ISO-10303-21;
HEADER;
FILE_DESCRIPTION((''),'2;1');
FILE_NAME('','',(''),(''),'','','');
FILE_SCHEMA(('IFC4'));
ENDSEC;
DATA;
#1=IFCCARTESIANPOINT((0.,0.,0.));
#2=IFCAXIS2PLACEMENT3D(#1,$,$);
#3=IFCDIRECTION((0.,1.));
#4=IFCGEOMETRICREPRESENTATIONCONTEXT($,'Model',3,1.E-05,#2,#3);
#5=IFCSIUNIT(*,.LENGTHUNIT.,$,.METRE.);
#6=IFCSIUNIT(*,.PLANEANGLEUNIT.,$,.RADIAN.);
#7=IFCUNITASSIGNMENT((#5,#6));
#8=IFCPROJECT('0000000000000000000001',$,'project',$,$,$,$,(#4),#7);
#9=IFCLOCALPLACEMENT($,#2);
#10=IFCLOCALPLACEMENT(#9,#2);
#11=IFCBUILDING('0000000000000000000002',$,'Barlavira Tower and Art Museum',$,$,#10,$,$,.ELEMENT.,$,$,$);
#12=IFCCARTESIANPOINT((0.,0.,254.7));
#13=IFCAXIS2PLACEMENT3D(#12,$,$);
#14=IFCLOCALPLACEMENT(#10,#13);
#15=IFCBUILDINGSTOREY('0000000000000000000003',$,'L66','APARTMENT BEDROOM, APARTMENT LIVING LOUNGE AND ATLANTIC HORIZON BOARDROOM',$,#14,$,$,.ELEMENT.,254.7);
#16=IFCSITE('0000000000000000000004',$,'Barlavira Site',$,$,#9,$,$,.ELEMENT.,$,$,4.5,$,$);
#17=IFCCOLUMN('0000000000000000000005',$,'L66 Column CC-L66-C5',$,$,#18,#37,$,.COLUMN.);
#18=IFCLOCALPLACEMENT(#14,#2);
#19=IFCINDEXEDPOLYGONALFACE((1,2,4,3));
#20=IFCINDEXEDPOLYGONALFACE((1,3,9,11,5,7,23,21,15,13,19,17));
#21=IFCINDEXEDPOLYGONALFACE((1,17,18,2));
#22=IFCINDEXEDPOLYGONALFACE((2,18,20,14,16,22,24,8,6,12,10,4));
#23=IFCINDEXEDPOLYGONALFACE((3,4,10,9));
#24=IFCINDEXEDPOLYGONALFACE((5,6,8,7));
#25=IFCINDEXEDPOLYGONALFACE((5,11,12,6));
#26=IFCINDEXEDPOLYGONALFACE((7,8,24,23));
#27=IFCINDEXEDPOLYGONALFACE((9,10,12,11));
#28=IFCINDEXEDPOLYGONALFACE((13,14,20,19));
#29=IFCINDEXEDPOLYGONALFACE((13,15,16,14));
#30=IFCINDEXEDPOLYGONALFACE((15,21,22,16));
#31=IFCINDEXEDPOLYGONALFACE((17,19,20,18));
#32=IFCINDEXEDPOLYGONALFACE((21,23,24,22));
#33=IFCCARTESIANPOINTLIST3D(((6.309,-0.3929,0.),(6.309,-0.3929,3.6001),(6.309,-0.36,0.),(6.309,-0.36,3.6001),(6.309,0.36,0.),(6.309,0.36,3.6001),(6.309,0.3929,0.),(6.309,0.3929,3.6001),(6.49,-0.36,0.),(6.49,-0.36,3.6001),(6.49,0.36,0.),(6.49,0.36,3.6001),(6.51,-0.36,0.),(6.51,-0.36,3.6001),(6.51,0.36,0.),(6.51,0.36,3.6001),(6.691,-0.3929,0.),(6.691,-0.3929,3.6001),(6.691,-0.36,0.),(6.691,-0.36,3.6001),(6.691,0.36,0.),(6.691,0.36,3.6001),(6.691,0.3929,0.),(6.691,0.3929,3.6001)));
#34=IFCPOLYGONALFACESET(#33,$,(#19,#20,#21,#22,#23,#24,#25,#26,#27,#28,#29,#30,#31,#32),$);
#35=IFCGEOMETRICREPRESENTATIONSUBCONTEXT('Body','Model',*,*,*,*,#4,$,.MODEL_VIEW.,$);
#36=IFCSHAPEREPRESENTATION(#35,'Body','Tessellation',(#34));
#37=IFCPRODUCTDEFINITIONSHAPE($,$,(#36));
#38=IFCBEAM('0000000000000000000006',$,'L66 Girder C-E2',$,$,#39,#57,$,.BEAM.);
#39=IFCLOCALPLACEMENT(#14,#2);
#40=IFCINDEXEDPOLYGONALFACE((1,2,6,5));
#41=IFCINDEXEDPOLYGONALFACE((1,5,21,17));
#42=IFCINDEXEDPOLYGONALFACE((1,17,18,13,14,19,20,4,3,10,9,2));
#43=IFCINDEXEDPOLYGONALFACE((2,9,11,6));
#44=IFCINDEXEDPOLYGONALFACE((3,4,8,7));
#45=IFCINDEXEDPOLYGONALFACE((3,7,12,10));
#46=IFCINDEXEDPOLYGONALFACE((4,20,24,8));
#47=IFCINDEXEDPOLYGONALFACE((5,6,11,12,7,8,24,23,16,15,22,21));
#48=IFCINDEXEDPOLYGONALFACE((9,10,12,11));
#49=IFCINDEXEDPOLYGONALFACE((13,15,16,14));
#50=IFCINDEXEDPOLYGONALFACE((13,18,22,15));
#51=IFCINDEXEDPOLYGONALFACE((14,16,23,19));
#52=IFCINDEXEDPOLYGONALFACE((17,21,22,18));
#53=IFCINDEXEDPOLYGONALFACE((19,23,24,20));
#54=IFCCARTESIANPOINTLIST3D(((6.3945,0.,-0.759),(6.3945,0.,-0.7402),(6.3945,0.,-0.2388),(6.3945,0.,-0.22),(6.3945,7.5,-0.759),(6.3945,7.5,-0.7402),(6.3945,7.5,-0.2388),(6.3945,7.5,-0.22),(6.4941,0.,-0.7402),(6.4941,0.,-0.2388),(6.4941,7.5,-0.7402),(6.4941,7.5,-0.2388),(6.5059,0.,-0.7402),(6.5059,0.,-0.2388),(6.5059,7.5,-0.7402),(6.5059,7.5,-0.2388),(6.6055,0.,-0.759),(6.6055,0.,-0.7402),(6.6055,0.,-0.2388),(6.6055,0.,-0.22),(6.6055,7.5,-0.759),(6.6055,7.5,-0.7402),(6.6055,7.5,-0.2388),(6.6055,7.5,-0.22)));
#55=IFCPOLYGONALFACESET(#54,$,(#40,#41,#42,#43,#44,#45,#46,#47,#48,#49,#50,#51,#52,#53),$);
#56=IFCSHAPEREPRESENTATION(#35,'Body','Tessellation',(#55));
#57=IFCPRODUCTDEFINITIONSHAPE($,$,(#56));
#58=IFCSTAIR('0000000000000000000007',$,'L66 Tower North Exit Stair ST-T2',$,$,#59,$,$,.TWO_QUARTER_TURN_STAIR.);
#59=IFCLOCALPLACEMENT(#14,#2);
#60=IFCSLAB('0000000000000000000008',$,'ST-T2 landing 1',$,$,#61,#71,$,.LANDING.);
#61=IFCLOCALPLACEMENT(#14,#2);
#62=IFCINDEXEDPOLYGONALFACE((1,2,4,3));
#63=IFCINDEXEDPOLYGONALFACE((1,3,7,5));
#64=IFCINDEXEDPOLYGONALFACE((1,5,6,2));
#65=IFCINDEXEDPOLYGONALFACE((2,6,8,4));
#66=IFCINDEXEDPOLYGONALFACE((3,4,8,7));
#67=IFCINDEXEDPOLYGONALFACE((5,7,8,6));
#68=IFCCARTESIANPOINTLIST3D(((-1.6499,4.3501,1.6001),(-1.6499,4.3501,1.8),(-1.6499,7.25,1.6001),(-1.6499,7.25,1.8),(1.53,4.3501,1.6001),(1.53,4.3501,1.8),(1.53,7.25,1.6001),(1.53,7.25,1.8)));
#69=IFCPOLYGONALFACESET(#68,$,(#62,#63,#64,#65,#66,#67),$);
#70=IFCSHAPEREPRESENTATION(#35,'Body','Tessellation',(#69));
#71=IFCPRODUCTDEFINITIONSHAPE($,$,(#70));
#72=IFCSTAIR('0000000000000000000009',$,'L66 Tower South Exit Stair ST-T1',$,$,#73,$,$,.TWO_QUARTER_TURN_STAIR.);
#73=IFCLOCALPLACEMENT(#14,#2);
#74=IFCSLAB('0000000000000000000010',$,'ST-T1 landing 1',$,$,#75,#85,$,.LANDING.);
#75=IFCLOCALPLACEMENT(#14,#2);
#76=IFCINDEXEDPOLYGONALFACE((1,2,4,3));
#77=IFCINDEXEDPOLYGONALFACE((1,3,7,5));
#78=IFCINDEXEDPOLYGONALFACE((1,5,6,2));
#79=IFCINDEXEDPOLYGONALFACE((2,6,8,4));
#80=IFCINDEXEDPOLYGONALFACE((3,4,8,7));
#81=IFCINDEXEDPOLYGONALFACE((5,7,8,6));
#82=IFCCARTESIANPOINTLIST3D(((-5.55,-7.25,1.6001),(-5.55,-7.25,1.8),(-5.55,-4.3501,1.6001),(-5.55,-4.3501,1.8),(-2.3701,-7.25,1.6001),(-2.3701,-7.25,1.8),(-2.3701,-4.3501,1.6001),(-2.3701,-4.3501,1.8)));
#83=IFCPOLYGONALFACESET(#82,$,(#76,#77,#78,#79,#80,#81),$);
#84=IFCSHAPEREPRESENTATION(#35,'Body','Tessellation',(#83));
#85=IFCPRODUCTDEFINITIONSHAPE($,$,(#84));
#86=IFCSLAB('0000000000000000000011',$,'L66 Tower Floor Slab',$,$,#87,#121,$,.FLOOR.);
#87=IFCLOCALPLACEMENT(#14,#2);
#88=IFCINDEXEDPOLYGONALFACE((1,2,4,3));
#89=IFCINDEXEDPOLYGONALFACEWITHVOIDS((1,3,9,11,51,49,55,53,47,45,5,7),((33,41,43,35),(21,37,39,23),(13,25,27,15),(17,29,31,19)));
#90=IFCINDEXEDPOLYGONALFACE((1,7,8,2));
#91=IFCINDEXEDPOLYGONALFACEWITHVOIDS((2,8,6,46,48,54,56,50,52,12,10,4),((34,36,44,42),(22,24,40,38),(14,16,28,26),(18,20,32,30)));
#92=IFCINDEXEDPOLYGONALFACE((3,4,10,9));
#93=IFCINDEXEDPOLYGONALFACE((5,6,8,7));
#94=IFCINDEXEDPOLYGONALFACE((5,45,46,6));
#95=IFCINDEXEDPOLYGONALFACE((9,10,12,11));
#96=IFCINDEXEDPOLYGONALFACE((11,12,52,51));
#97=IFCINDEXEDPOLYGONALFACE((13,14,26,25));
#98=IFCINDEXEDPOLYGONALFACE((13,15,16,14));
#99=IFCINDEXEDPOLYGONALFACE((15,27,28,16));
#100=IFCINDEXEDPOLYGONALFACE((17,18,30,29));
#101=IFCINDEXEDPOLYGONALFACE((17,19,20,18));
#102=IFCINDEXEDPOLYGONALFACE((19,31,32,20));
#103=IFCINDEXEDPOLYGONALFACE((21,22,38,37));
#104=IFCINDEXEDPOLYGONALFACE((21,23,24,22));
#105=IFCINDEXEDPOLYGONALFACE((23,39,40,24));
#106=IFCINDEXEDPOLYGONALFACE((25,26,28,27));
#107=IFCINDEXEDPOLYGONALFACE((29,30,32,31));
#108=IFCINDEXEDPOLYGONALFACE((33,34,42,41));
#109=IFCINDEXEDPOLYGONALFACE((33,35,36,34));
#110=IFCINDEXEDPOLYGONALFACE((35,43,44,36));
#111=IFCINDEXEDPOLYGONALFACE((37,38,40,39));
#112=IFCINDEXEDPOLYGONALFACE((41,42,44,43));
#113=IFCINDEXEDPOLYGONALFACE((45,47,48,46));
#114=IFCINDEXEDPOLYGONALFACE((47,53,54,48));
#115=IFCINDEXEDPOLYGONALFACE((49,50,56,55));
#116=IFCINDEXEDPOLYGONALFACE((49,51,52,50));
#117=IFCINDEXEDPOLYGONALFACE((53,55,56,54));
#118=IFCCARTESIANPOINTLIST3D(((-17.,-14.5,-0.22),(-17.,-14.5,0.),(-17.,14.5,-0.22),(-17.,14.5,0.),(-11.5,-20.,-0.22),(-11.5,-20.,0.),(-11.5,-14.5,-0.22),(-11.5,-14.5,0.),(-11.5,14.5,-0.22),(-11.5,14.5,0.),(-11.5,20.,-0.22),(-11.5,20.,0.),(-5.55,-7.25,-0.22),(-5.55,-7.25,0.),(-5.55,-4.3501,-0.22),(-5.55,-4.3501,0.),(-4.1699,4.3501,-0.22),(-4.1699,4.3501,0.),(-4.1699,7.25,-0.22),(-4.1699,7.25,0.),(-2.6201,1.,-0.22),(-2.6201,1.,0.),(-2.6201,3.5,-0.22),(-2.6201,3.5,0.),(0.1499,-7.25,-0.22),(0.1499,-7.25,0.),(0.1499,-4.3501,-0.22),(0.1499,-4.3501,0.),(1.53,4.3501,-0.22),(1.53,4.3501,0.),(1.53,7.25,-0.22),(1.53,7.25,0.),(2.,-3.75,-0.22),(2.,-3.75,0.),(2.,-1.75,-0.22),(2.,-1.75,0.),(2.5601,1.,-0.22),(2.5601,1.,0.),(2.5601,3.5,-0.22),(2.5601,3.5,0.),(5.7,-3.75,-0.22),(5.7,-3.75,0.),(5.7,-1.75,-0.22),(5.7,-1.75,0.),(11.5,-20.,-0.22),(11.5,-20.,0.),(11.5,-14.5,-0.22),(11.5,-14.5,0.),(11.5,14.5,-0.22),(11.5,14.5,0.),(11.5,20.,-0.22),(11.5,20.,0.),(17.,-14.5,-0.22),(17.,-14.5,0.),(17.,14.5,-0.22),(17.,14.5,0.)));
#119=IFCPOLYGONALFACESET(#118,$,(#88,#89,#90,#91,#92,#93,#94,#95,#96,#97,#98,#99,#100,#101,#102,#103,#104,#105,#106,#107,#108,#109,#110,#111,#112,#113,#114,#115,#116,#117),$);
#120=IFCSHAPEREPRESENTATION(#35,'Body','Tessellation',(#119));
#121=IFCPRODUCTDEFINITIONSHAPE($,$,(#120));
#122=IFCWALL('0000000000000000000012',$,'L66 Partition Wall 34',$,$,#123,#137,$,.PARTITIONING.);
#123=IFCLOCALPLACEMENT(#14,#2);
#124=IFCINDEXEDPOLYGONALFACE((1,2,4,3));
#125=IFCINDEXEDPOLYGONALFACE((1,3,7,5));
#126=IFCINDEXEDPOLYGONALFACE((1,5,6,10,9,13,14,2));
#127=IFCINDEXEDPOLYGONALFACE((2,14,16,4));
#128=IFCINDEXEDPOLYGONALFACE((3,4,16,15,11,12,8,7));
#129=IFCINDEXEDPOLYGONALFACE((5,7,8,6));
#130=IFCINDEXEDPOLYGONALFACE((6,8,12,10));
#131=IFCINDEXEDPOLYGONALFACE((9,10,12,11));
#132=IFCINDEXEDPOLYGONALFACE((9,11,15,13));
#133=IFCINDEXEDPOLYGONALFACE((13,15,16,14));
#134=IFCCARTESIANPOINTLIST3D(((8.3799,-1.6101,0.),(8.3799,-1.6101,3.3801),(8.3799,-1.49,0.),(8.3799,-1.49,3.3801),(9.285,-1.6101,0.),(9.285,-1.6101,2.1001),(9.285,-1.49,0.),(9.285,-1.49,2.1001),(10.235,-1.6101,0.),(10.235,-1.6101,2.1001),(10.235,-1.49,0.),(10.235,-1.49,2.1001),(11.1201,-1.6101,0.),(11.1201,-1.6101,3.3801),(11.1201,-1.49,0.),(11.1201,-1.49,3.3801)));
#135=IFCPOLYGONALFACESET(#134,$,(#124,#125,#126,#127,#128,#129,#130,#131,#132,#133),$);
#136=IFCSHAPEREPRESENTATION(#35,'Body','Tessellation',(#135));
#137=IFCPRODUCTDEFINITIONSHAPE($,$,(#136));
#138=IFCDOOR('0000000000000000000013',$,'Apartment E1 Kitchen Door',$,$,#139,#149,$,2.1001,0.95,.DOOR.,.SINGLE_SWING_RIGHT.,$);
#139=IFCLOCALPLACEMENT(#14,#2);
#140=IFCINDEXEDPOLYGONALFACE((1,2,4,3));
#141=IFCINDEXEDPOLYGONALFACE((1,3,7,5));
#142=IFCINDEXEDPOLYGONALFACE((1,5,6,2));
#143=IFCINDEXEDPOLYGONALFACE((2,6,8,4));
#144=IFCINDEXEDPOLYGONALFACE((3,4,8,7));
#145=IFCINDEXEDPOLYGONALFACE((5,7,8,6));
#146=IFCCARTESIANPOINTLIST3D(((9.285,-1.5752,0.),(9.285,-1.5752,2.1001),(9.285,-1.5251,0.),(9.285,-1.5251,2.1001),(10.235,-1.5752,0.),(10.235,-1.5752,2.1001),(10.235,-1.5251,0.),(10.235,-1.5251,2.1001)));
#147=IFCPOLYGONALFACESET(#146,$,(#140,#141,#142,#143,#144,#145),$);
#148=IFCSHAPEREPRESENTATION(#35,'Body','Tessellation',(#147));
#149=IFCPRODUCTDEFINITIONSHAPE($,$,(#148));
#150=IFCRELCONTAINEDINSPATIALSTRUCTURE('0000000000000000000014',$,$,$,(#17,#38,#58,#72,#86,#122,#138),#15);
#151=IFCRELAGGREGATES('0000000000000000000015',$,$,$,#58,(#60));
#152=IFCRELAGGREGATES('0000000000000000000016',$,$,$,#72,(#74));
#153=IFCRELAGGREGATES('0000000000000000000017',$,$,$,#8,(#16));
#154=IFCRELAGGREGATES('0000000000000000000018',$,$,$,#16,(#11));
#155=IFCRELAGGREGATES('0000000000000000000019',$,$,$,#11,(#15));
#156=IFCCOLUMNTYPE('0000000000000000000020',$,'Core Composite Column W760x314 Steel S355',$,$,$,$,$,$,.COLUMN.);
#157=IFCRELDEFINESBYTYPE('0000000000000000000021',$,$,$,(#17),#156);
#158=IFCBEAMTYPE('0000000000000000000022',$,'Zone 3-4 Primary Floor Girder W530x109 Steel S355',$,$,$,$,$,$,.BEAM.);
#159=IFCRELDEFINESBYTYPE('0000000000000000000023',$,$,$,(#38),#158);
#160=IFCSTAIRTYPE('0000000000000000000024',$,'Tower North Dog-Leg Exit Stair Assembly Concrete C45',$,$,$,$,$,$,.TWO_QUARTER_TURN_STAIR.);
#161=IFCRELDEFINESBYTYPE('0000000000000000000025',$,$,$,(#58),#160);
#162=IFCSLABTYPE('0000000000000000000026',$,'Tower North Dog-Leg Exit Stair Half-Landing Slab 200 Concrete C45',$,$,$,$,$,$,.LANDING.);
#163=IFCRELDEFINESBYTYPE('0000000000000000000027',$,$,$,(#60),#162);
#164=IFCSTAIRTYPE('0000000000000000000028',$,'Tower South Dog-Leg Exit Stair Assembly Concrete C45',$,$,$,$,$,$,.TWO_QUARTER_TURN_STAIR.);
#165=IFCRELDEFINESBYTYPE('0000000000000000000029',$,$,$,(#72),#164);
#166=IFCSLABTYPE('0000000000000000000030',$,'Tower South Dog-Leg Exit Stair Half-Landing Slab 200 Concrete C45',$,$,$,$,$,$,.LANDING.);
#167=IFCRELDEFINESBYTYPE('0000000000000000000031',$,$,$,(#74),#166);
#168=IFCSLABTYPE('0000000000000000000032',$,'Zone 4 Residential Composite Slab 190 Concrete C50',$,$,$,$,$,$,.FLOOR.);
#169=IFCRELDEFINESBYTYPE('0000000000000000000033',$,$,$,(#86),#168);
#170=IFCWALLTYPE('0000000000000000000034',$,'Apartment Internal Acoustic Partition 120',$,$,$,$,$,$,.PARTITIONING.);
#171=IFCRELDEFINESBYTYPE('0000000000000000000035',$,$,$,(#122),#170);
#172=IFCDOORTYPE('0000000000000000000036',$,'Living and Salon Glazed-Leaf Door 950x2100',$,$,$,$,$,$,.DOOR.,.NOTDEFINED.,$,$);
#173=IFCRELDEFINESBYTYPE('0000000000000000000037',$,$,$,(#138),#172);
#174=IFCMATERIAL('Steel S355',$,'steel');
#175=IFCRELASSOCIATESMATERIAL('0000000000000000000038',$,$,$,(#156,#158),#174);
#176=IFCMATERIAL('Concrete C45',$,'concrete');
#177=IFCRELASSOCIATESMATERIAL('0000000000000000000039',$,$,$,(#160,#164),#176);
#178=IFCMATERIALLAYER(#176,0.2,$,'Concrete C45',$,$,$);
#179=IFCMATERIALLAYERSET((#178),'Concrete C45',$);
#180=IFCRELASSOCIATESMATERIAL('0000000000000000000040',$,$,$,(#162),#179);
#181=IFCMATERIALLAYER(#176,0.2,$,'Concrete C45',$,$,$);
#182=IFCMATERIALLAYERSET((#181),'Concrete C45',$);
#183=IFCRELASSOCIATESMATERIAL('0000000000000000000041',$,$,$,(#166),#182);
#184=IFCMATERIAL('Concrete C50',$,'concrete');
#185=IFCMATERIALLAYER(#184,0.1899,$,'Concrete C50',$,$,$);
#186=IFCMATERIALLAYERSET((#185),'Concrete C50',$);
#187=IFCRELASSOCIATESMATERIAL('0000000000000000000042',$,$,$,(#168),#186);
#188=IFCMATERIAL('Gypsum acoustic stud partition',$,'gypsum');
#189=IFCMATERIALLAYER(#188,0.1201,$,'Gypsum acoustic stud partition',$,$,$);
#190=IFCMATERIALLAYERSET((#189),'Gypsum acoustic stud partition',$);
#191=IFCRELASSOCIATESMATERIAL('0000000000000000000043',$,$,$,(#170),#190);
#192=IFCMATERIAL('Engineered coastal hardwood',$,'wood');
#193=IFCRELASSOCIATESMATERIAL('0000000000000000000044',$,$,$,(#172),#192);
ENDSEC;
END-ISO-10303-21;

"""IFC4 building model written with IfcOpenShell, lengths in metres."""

from ifc_helpers import new_model, si_unit, direction, frame, frame_2d, origin, origin_2d, place, context, subcontext, project, spatial, polyline, rectangle, i_section, outline, extrude, material, layer, layer_set, material_profile, profile_set, type_object, element, fill, aggregate, save


model = new_model("IFC4")

# Units and contexts
model_context = context("Model", 3, precision=1e-05, world=origin(), true_north=direction((0.0, 1.0)))
body_context = subcontext(model_context, "Body", "Model", "MODEL_VIEW")
ifc_project = project(units=[si_unit("LENGTHUNIT", "METRE"), si_unit("PLANEANGLEUNIT", "RADIAN")], contexts=[model_context])

# Site, building, storey
site_placement = place(None, origin())
site = spatial("IfcSite", under=ifc_project, at=site_placement, Name="Barlavira Site", CompositionType="ELEMENT", RefElevation=4.5)
building_placement = place(site_placement, origin())
building = spatial("IfcBuilding", under=site, at=building_placement, Name="Barlavira Tower and Art Museum", CompositionType="ELEMENT")
storey_placement = place(building_placement, frame((0.0, 0.0, 254.7)))
storey = spatial("IfcBuildingStorey", under=building, at=storey_placement, Name="L66", Description="APARTMENT BEDROOM, APARTMENT LIVING LOUNGE AND ATLANTIC HORIZON BOARDROOM", CompositionType="ELEMENT", Elevation=254.7)

# Column
ifc_material_1 = material(Name="Steel S355", Category="steel")
ifc_material_profile_1 = material_profile(ifc_material_1, i_section(OverallWidth=0.3821, OverallDepth=0.7859, WebThickness=0.02, FlangeThickness=0.033, at=origin_2d()), Name="W760x314.0")
ifc_profile_set_1 = profile_set([ifc_material_profile_1], Name="Steel S355")
column_type = type_object("IfcColumnType", Name="Core Composite Column W760x314 Steel S355", PredefinedType="COLUMN", material=ifc_profile_set_1)
column_placement = place(storey_placement, frame((6.5, 0.0, 0.0), z_axis=(0.0, 0.0, 1.0), x_axis=(1.0, 0.0, 0.0)))
element("IfcColumn", 1, at=column_placement, inside=storey, type_object=column_type, Name="L66 Column CC-L66-C5", PredefinedType="COLUMN", context=body_context, shape_type="SweptSolid", body=[
    extrude(i_section(OverallWidth=0.3821, OverallDepth=0.7859, WebThickness=0.02, FlangeThickness=0.033, at=origin_2d()), origin(), (0.0, 0.0, 1.0), 3.6001),
])

# Beam
ifc_material_profile_2 = material_profile(ifc_material_1, i_section(OverallWidth=0.2109, OverallDepth=0.5391, WebThickness=0.0117, FlangeThickness=0.0188, at=origin_2d()), Name="W530x109.0")
ifc_profile_set_2 = profile_set([ifc_material_profile_2], Name="Steel S355")
beam_type = type_object("IfcBeamType", Name="Zone 3-4 Primary Floor Girder W530x109 Steel S355", PredefinedType="BEAM", material=ifc_profile_set_2)
beam_placement = place(storey_placement, frame((6.5, 0.0, -0.4895), z_axis=(0.0, 1.0, 0.0), x_axis=(-1.0, 0.0, 0.0)))
element("IfcBeam", 2, at=beam_placement, inside=storey, type_object=beam_type, Name="L66 Girder C-E2", PredefinedType="BEAM", context=body_context, shape_type="SweptSolid", body=[
    extrude(i_section(OverallWidth=0.2109, OverallDepth=0.5391, WebThickness=0.0117, FlangeThickness=0.0188, at=origin_2d()), origin(), (0.0, 0.0, 1.0), 7.5),
])

# Stairs, slabs
ifc_material_2 = material(Name="Concrete C45", Category="concrete")
stair_type_1 = type_object("IfcStairType", Name="Tower North Dog-Leg Exit Stair Assembly Concrete C45", PredefinedType="TWO_QUARTER_TURN_STAIR", material=ifc_material_2)
stair_1_placement = place(storey_placement, origin())
stair_1 = element("IfcStair", 3, at=stair_1_placement, inside=storey, type_object=stair_type_1, Name="L66 Tower North Exit Stair ST-T2", PredefinedType="TWO_QUARTER_TURN_STAIR")
ifc_layer_1 = layer(ifc_material_2, 0.2, Name="Concrete C45")
ifc_layer_set_1 = layer_set([ifc_layer_1], Name="Concrete C45")
slab_type_1 = type_object("IfcSlabType", Name="Tower North Dog-Leg Exit Stair Half-Landing Slab 200 Concrete C45", PredefinedType="LANDING", material=ifc_layer_set_1)
slab_1_placement = place(storey_placement, frame((0.0, 0.0, 1.6001)))
slab_1 = element("IfcSlab", 4, at=slab_1_placement, type_object=slab_type_1, Name="ST-T2 landing 1", PredefinedType="LANDING", context=body_context, shape_type="SweptSolid", body=[
    extrude(outline(polyline([(-1.6499, 4.3501), (1.53, 4.3501), (1.53, 7.25), (-1.6499, 7.25), (-1.6499, 4.3501)])), origin(), (0.0, 0.0, 1.0), 0.2),
])
aggregate(stair_1, [slab_1])
stair_type_2 = type_object("IfcStairType", Name="Tower South Dog-Leg Exit Stair Assembly Concrete C45", PredefinedType="TWO_QUARTER_TURN_STAIR", material=ifc_material_2)
stair_2_placement = place(storey_placement, origin())
stair_2 = element("IfcStair", 5, at=stair_2_placement, inside=storey, type_object=stair_type_2, Name="L66 Tower South Exit Stair ST-T1", PredefinedType="TWO_QUARTER_TURN_STAIR")
ifc_layer_2 = layer(ifc_material_2, 0.2, Name="Concrete C45")
ifc_layer_set_2 = layer_set([ifc_layer_2], Name="Concrete C45")
slab_type_2 = type_object("IfcSlabType", Name="Tower South Dog-Leg Exit Stair Half-Landing Slab 200 Concrete C45", PredefinedType="LANDING", material=ifc_layer_set_2)
slab_2_placement = place(storey_placement, frame((0.0, 0.0, 1.6001)))
slab_2 = element("IfcSlab", 6, at=slab_2_placement, type_object=slab_type_2, Name="ST-T1 landing 1", PredefinedType="LANDING", context=body_context, shape_type="SweptSolid", body=[
    extrude(outline(polyline([(-2.3701, -4.3501), (-5.55, -4.3501), (-5.55, -7.25), (-2.3701, -7.25), (-2.3701, -4.3501)])), origin(), (0.0, 0.0, 1.0), 0.2),
])

# Slab
ifc_material_3 = material(Name="Concrete C50", Category="concrete")
ifc_layer_3 = layer(ifc_material_3, 0.1899, Name="Concrete C50")
ifc_layer_set_3 = layer_set([ifc_layer_3], Name="Concrete C50")
slab_type_3 = type_object("IfcSlabType", Name="Zone 4 Residential Composite Slab 190 Concrete C50", PredefinedType="FLOOR", material=ifc_layer_set_3)
slab_3_placement = place(storey_placement, frame((0.0, 0.0, -0.22)))
element("IfcSlab", 7, at=slab_3_placement, inside=storey, type_object=slab_type_3, Name="L66 Tower Floor Slab", PredefinedType="FLOOR", context=body_context, shape_type="SweptSolid", body=[
    extrude(outline(polyline([(-11.5, -20.0), (11.5, -20.0), (11.5, -14.5), (17.0, -14.5), (17.0, 14.5), (11.5, 14.5), (11.5, 20.0), (-11.5, 20.0), (-11.5, 14.5), (-17.0, 14.5), (-17.0, -14.5), (-11.5, -14.5), (-11.5, -20.0)]), holes=[polyline([(0.1499, -4.3501), (-5.55, -4.3501), (-5.55, -7.25), (0.1499, -7.25), (0.1499, -4.3501)]), polyline([(-4.1699, 4.3501), (1.53, 4.3501), (1.53, 7.25), (-4.1699, 7.25), (-4.1699, 4.3501)]), polyline([(-2.6201, 1.0), (2.5601, 1.0), (2.5601, 3.5), (-2.6201, 3.5), (-2.6201, 1.0)]), polyline([(2.0, -3.75), (5.7, -3.75), (5.7, -1.75), (2.0, -1.75), (2.0, -3.75)])]), origin(), (0.0, 0.0, 1.0), 0.22),
])

# Wall, opening, door
ifc_material_4 = material(Name="Gypsum acoustic stud partition", Category="gypsum")
ifc_layer_4 = layer(ifc_material_4, 0.1201, Name="Gypsum acoustic stud partition")
ifc_layer_set_4 = layer_set([ifc_layer_4], Name="Gypsum acoustic stud partition")
wall_type_1 = type_object("IfcWallType", Name="Apartment Internal Acoustic Partition 120", PredefinedType="PARTITIONING", material=ifc_layer_set_4)
wall_1_placement = place(storey_placement, frame((8.3799, -1.55, 0.0), z_axis=(0.0, 0.0, 1.0), x_axis=(1.0, 0.0, 0.0)))
wall_1 = element("IfcWall", 8, at=wall_1_placement, inside=storey, type_object=wall_type_1, Name="L66 Partition Wall 34", PredefinedType="PARTITIONING", context=body_context, shape_type="SweptSolid", body=[
    extrude(rectangle(XDim=2.7402, YDim=0.1201, at=frame_2d((1.3701, 0.0))), origin(), (0.0, 0.0, 1.0), 3.3801),
])
opening_1_placement = place(wall_1_placement, frame((0.905, 0.0, 0.0)))
opening_1 = element("IfcOpeningElement", 9, at=opening_1_placement, cuts=wall_1, PredefinedType="OPENING", context=body_context, shape_type="SweptSolid", body=[
    extrude(rectangle(XDim=0.95, YDim=2.1001, at=frame_2d((0.4751, 1.05))), frame((0.0, 0.0701, 0.0), z_axis=(0.0, -1.0, 0.0), x_axis=(1.0, 0.0, 0.0)), (0.0, 0.0, 1.0), 0.1401),
])
ifc_material_5 = material(Name="Engineered coastal hardwood", Category="wood")
door_type_1 = type_object("IfcDoorType", Name="Living and Salon Glazed-Leaf Door 950x2100", OperationType="NOTDEFINED", PredefinedType="DOOR", material=ifc_material_5)
door_1_placement = place(opening_1_placement, origin())
door_1 = element("IfcDoor", 10, at=door_1_placement, inside=storey, type_object=door_type_1, Name="Apartment E1 Kitchen Door", OperationType="SINGLE_SWING_RIGHT", OverallHeight=2.1001, OverallWidth=0.95, PredefinedType="DOOR", context=body_context, shape_type="SweptSolid", body=[
    extrude(rectangle(XDim=0.95, YDim=2.1001, at=frame_2d((0.4751, 1.05))), frame((0.0, 0.0249, 0.0), z_axis=(0.0, -1.0, 0.0), x_axis=(1.0, 0.0, 0.0)), (0.0, 0.0, 1.0), 0.05),
])
fill(opening_1, door_1)

aggregate(stair_2, [slab_2])

save(model, "model.ifc")
